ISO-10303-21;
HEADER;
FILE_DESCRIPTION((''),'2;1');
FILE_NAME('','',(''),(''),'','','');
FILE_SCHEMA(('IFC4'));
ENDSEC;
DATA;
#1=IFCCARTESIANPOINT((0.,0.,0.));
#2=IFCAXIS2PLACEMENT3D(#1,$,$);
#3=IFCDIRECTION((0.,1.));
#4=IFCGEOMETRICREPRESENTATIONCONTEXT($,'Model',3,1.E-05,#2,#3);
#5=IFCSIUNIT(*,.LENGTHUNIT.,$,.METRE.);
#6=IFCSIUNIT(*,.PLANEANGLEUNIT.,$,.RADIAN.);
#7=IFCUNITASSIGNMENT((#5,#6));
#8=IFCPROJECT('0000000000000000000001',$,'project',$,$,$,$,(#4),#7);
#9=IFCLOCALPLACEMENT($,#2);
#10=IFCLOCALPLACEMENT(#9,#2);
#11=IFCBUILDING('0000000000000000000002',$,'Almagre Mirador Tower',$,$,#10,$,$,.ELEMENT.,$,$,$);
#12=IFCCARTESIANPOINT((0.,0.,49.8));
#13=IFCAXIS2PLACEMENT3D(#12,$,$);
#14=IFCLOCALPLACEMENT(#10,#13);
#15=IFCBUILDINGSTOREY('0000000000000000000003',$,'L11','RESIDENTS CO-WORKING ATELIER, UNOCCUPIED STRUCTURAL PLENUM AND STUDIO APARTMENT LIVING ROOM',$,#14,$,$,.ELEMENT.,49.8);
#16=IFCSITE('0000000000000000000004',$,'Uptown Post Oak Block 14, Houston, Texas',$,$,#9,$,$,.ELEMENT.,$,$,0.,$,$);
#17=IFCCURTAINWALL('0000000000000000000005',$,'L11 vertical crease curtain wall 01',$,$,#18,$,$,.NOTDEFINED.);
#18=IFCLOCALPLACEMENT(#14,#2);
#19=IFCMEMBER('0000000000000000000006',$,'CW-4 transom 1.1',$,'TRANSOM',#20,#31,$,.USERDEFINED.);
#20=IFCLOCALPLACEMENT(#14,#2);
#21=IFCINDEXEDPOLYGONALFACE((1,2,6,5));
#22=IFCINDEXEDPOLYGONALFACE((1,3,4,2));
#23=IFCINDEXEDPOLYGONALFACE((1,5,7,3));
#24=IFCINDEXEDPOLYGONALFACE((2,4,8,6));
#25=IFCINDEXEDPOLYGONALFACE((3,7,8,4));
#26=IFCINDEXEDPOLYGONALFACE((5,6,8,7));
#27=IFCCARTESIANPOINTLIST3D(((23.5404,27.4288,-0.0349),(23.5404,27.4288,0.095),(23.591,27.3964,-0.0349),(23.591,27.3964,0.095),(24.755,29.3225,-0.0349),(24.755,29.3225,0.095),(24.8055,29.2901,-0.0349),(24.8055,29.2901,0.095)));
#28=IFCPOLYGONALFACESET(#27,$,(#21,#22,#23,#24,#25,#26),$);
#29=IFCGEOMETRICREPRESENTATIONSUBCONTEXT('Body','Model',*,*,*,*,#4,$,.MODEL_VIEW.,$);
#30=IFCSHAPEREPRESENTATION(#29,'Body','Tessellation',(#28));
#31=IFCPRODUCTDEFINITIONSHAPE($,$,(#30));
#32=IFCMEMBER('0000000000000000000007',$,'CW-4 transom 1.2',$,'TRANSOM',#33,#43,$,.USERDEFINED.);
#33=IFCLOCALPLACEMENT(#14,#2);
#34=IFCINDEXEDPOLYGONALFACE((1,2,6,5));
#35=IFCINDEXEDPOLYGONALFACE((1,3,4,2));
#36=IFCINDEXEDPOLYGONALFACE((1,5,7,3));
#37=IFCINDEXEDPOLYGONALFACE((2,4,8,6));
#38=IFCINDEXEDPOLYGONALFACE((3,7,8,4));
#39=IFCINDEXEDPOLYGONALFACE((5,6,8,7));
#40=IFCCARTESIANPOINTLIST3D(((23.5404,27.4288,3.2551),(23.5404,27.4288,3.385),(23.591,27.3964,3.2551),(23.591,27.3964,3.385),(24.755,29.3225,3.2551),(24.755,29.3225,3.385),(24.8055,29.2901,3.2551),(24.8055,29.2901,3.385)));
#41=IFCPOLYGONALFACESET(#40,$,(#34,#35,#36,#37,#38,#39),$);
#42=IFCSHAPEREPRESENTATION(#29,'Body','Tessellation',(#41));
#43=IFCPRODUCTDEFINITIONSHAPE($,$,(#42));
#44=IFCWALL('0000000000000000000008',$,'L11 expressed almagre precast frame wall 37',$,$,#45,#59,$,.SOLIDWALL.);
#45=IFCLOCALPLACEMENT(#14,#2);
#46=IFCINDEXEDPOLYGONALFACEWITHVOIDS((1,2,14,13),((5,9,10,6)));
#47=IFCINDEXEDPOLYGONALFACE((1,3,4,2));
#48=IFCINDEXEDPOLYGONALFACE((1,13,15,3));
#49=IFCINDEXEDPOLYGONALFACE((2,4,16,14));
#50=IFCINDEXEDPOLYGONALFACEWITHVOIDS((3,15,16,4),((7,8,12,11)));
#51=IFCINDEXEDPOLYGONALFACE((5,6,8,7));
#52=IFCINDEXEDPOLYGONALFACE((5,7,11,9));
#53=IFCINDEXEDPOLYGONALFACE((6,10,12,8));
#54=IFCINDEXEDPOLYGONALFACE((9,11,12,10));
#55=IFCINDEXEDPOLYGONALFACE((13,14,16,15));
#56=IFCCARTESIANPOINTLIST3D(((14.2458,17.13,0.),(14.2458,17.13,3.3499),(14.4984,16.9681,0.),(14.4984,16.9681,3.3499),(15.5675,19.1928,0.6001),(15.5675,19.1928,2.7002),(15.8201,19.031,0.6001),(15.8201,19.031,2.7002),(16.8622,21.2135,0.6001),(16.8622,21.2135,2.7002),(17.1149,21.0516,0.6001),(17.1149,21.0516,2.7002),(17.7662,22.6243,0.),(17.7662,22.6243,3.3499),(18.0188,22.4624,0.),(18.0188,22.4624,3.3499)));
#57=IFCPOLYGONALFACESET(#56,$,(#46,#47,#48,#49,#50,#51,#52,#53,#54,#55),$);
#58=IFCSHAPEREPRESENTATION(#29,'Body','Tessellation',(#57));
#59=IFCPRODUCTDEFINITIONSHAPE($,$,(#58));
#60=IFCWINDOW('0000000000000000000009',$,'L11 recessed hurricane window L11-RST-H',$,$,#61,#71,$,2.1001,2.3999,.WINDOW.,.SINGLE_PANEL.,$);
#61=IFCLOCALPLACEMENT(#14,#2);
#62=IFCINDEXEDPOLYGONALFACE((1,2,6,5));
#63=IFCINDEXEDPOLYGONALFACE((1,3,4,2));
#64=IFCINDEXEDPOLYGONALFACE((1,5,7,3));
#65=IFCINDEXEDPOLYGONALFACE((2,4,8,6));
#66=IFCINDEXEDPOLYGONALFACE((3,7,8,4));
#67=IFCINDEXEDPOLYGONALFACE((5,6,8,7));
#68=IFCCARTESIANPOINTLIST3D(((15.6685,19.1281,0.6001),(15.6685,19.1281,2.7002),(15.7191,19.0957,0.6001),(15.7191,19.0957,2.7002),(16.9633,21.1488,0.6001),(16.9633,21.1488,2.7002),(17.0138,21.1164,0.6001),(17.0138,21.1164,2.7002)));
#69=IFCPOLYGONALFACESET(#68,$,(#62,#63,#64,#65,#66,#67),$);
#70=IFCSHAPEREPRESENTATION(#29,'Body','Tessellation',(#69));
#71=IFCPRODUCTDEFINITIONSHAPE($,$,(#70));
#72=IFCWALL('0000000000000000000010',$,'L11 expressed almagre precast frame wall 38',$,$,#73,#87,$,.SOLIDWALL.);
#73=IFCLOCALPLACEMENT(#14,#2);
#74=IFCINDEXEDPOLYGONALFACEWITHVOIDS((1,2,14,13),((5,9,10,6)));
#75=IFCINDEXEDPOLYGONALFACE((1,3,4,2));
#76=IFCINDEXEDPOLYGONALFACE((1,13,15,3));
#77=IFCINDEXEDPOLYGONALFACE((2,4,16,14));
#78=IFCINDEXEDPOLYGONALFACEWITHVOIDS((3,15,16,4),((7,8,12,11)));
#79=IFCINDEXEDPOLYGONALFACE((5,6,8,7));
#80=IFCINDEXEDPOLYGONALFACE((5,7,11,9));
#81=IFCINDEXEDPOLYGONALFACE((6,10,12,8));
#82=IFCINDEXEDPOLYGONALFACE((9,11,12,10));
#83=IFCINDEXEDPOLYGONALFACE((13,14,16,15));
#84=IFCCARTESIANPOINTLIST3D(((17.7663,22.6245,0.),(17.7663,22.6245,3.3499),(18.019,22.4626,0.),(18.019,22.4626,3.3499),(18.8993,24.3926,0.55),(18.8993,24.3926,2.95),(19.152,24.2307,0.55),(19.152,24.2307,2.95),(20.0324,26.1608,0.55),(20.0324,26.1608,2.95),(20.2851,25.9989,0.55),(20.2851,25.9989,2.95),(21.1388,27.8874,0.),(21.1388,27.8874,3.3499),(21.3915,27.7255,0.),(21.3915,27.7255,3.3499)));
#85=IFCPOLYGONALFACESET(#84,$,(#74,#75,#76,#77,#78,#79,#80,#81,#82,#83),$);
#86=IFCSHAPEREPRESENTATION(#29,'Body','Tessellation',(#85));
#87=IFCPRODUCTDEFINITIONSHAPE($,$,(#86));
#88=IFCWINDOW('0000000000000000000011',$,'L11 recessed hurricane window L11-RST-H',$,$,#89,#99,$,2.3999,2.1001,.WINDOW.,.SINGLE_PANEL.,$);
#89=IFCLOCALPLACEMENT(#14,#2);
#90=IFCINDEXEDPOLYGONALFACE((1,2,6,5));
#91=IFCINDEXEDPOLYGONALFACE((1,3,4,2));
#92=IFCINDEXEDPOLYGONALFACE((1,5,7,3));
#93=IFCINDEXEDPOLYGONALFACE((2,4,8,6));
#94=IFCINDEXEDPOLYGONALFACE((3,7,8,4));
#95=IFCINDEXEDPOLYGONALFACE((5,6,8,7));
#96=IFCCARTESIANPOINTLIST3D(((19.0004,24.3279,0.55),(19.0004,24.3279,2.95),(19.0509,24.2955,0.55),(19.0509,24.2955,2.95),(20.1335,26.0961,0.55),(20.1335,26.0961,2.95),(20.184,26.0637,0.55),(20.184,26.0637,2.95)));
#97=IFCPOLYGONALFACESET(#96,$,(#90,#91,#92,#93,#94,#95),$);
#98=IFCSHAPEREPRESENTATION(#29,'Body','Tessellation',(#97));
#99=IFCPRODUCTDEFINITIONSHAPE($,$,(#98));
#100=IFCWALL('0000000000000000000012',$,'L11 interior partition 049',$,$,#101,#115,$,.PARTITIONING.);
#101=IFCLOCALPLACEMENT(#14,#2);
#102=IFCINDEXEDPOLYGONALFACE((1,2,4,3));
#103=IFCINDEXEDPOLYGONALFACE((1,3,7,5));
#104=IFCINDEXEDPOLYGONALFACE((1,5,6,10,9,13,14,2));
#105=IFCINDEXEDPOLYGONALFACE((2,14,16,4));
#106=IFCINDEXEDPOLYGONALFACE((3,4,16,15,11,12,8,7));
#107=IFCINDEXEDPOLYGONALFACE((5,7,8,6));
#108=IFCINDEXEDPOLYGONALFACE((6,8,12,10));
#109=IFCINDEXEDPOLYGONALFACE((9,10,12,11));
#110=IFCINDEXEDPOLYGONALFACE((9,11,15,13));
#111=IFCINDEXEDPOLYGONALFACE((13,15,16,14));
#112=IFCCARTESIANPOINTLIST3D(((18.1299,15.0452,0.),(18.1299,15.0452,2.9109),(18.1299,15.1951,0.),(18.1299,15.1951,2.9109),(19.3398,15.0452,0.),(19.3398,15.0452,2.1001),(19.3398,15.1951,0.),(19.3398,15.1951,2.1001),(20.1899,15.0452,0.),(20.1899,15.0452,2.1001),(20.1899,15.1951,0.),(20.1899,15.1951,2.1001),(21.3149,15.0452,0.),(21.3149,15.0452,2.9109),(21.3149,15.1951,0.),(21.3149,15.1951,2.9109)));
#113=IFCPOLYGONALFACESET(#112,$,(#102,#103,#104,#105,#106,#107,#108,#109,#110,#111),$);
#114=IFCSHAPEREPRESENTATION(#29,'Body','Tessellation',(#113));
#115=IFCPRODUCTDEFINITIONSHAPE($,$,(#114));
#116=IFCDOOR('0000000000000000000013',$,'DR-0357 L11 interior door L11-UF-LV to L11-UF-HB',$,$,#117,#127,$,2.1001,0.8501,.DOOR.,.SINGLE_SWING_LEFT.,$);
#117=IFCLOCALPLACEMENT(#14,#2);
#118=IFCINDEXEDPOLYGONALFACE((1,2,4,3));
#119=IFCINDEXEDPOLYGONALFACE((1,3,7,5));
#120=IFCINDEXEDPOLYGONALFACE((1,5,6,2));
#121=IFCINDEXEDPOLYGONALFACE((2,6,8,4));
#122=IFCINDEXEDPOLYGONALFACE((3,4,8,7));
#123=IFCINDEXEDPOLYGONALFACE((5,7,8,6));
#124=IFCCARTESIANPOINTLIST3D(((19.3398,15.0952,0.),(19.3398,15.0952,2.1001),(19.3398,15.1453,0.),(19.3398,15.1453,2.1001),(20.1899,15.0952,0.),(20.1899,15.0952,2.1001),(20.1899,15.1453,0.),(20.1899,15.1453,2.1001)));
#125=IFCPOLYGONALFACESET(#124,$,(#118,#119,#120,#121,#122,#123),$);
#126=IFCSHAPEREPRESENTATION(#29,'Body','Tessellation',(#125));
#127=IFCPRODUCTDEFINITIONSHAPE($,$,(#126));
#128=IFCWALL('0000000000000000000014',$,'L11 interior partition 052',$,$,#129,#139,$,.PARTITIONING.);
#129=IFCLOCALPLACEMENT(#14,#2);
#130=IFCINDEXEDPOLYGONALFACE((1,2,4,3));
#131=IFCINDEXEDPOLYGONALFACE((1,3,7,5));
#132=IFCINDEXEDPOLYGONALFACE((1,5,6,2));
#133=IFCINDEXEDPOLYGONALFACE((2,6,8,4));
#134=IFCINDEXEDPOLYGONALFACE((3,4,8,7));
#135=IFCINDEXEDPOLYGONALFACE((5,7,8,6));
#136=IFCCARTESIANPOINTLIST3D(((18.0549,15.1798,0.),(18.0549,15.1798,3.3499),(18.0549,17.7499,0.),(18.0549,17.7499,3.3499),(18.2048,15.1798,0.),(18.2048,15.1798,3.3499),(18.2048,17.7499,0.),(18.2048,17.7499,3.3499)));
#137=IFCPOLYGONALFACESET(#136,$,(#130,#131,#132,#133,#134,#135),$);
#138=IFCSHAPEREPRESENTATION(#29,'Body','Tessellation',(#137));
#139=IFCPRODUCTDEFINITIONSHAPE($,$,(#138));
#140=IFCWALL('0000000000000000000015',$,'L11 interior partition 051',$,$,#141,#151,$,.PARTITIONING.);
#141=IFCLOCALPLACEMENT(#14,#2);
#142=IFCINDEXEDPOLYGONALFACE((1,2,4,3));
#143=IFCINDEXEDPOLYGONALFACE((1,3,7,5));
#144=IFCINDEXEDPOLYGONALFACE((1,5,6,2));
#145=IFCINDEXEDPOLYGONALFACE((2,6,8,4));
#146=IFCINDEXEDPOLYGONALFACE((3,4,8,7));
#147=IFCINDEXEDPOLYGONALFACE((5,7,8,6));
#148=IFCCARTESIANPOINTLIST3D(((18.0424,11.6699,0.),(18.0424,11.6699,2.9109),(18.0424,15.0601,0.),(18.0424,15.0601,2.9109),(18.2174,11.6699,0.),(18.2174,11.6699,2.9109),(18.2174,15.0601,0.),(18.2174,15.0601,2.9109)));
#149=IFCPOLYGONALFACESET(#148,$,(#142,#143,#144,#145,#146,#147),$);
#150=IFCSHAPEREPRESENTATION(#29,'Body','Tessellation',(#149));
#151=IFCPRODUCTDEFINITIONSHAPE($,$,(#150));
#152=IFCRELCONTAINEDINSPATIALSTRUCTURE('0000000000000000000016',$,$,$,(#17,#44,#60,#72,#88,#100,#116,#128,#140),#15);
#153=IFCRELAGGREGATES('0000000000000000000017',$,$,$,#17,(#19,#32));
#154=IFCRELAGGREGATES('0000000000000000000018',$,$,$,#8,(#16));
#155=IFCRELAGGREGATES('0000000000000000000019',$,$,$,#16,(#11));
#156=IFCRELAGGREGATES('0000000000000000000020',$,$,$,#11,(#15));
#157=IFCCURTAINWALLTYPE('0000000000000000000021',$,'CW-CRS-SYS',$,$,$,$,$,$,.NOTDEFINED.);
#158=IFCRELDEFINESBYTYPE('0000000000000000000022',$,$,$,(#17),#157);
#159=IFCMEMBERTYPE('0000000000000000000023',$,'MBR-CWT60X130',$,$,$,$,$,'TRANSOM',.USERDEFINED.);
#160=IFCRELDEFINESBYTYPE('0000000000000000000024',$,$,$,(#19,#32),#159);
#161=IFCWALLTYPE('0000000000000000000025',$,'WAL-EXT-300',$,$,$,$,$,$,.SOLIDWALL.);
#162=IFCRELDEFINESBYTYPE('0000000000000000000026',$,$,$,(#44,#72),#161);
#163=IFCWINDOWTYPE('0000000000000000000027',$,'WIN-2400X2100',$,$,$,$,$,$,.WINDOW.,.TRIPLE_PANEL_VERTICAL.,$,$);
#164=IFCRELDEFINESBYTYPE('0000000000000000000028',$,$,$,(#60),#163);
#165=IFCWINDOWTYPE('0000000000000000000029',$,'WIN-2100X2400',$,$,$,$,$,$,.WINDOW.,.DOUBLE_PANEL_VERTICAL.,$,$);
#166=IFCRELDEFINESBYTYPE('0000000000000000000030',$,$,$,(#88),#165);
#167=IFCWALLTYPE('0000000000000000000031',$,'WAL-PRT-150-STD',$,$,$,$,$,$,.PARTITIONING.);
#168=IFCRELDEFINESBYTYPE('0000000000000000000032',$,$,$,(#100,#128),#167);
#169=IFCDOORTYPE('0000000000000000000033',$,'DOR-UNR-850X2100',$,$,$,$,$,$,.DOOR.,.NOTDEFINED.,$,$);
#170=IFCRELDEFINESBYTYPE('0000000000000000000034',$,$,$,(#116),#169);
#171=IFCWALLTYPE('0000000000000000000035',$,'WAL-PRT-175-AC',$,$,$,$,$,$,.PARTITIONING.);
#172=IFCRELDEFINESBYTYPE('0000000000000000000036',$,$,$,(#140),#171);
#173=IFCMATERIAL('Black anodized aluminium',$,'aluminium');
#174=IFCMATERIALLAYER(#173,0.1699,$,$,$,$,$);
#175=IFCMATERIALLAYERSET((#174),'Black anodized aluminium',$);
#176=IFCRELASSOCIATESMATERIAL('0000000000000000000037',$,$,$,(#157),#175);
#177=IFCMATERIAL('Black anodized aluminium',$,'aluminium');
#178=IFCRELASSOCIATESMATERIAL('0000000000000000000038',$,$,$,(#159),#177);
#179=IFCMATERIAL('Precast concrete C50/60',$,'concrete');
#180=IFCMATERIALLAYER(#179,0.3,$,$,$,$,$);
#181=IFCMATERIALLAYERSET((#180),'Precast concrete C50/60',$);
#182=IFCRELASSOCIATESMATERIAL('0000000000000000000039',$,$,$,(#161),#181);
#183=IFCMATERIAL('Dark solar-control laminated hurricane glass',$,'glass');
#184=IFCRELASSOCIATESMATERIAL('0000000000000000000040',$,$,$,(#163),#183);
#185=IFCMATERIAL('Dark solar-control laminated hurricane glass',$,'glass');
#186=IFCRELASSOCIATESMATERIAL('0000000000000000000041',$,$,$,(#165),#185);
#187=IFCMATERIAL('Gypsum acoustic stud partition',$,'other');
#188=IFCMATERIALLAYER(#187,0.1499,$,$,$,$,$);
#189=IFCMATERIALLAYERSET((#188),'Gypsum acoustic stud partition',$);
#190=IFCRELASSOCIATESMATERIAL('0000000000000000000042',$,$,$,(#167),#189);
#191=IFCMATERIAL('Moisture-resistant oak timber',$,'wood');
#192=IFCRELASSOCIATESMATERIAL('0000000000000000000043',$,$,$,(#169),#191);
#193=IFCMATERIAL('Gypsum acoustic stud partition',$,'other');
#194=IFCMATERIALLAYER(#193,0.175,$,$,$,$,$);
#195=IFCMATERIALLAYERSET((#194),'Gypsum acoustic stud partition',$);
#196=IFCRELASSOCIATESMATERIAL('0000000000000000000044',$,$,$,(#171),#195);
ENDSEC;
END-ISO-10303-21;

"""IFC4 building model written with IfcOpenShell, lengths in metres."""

from ifc_helpers import new_model, si_unit, direction, frame, frame_2d, origin, origin_2d, place, context, subcontext, project, spatial, rectangle, extrude, material, layer, layer_set, material_profile, profile_set, type_object, element, fill, aggregate, save


model = new_model("IFC4")

# Units and contexts
model_context = context("Model", 3, precision=1e-05, world=origin(), true_north=direction((0.0, 1.0)))
body_context = subcontext(model_context, "Body", "Model", "MODEL_VIEW")
ifc_project = project(units=[si_unit("LENGTHUNIT", "METRE"), si_unit("PLANEANGLEUNIT", "RADIAN")], contexts=[model_context])

# Site, building, storey
site_placement = place(None, origin())
site = spatial("IfcSite", under=ifc_project, at=site_placement, Name="Uptown Post Oak Block 14, Houston, Texas", CompositionType="ELEMENT", RefElevation=0.0)
building_placement = place(site_placement, origin())
building = spatial("IfcBuilding", under=site, at=building_placement, Name="Almagre Mirador Tower", CompositionType="ELEMENT")
storey_placement = place(building_placement, frame((0.0, 0.0, 49.8)))
storey = spatial("IfcBuildingStorey", under=building, at=storey_placement, Name="L11", Description="RESIDENTS CO-WORKING ATELIER, UNOCCUPIED STRUCTURAL PLENUM AND STUDIO APARTMENT LIVING ROOM", CompositionType="ELEMENT", Elevation=49.8)

# Curtain wall, members
ifc_material_1 = material(Name="Black anodized aluminium", Category="aluminium")
ifc_layer_1 = layer(ifc_material_1, 0.1699)
ifc_layer_set_1 = layer_set([ifc_layer_1], Name="Black anodized aluminium")
curtain_wall_type = type_object("IfcCurtainWallType", Name="CW-CRS-SYS", PredefinedType="NOTDEFINED", material=ifc_layer_set_1)
curtain_wall_placement = place(storey_placement, origin())
curtain_wall = element("IfcCurtainWall", 1, at=curtain_wall_placement, inside=storey, type_object=curtain_wall_type, Name="L11 vertical crease curtain wall 01", PredefinedType="NOTDEFINED")
ifc_material_2 = material(Name="Black anodized aluminium", Category="aluminium")
ifc_material_profile_1 = material_profile(ifc_material_2, rectangle(XDim=0.0601, YDim=0.1299, at=origin_2d()), Name="CWT60X130")
ifc_profile_set_1 = profile_set([ifc_material_profile_1], Name="Black anodized aluminium")
member_type_1 = type_object("IfcMemberType", Name="MBR-CWT60X130", ElementType="TRANSOM", PredefinedType="USERDEFINED", material=ifc_profile_set_1)
member_1_placement = place(storey_placement, frame((23.5657, 27.4126, 0.03), z_axis=(0.539863, 0.841753, 0.0), x_axis=(-0.841753, 0.539863, 0.0)))
member_1 = element("IfcMember", 2, at=member_1_placement, type_object=member_type_1, Name="CW-4 transom 1.1", ObjectType="TRANSOM", PredefinedType="USERDEFINED", context=body_context, shape_type="SweptSolid", body=[
    extrude(rectangle(XDim=0.0601, YDim=0.1299, at=origin_2d()), origin(), (0.0, 0.0, 1.0), 2.2498),
])
member_2_placement = place(storey_placement, frame((23.5657, 27.4126, 3.3201), z_axis=(0.539863, 0.841753, 0.0), x_axis=(-0.841753, 0.539863, 0.0)))
member_2 = element("IfcMember", 3, at=member_2_placement, type_object=member_type_1, Name="CW-4 transom 1.2", ObjectType="TRANSOM", PredefinedType="USERDEFINED", context=body_context, shape_type="SweptSolid", body=[
    extrude(rectangle(XDim=0.0601, YDim=0.1299, at=origin_2d()), origin(), (0.0, 0.0, 1.0), 2.2498),
])
aggregate(curtain_wall, [member_1, member_2])

# Walls, openings, windows
ifc_material_3 = material(Name="Precast concrete C50/60", Category="concrete")
ifc_layer_2 = layer(ifc_material_3, 0.3)
ifc_layer_set_2 = layer_set([ifc_layer_2], Name="Precast concrete C50/60")
wall_type_1 = type_object("IfcWallType", Name="WAL-EXT-300", PredefinedType="SOLIDWALL", material=ifc_layer_set_2)
wall_1_placement = place(storey_placement, frame((14.3721, 17.0491, 0.0), z_axis=(0.0, 0.0, 1.0), x_axis=(0.5395, 0.841986, 0.0)))
wall_1 = element("IfcWall", 4, at=wall_1_placement, inside=storey, type_object=wall_type_1, Name="L11 expressed almagre precast frame wall 37", PredefinedType="SOLIDWALL", context=body_context, shape_type="SweptSolid", body=[
    extrude(rectangle(XDim=6.5254, YDim=0.3, at=frame_2d((3.2627, 0.0))), origin(), (0.0, 0.0, 1.0), 3.3499),
])
opening_1_placement = place(wall_1_placement, frame((2.45, 0.0, 0.6001)))
opening_1 = element("IfcOpeningElement", 5, at=opening_1_placement, cuts=wall_1, PredefinedType="OPENING", context=body_context, shape_type="SweptSolid", body=[
    extrude(rectangle(XDim=2.3999, YDim=2.1001, at=frame_2d((1.2, 1.05))), frame((0.0, 0.1599, 0.0), z_axis=(0.0, -1.0, 0.0), x_axis=(1.0, 0.0, 0.0)), (0.0, 0.0, 1.0), 0.32),
])
ifc_material_4 = material(Name="Dark solar-control laminated hurricane glass", Category="glass")
window_type_1 = type_object("IfcWindowType", Name="WIN-2400X2100", PartitioningType="TRIPLE_PANEL_VERTICAL", PredefinedType="WINDOW", material=ifc_material_4)
window_1_placement = place(opening_1_placement, origin())
window_1 = element("IfcWindow", 6, at=window_1_placement, inside=storey, type_object=window_type_1, Name="L11 recessed hurricane window L11-RST-H", OverallHeight=2.1001, OverallWidth=2.3999, PartitioningType="SINGLE_PANEL", PredefinedType="WINDOW", context=body_context, shape_type="SweptSolid", body=[
    extrude(rectangle(XDim=2.3999, YDim=2.1001, at=frame_2d((1.2, 1.05))), frame((0.0, 0.03, 0.0), z_axis=(0.0, -1.0, 0.0), x_axis=(1.0, 0.0, 0.0)), (0.0, 0.0, 1.0), 0.0601),
])
fill(opening_1, window_1)
wall_2_placement = place(storey_placement, frame((17.8926, 22.5435, 0.0), z_axis=(0.0, 0.0, 1.0), x_axis=(0.539539, 0.841961, 0.0)))
wall_2 = element("IfcWall", 7, at=wall_2_placement, inside=storey, type_object=wall_type_1, Name="L11 expressed almagre precast frame wall 38", PredefinedType="SOLIDWALL", context=body_context, shape_type="SweptSolid", body=[
    extrude(rectangle(XDim=6.2507, YDim=0.3, at=frame_2d((3.1255, 0.0))), origin(), (0.0, 0.0, 1.0), 3.3499),
])
opening_2_placement = place(wall_2_placement, frame((2.1001, 0.0, 0.55)))
opening_2 = element("IfcOpeningElement", 8, at=opening_2_placement, cuts=wall_2, PredefinedType="OPENING", context=body_context, shape_type="SweptSolid", body=[
    extrude(rectangle(XDim=2.1001, YDim=2.3999, at=frame_2d((1.05, 1.2))), frame((0.0, 0.1599, 0.0), z_axis=(0.0, -1.0, 0.0), x_axis=(1.0, 0.0, 0.0)), (0.0, 0.0, 1.0), 0.32),
])
ifc_material_5 = material(Name="Dark solar-control laminated hurricane glass", Category="glass")
window_type_2 = type_object("IfcWindowType", Name="WIN-2100X2400", PartitioningType="DOUBLE_PANEL_VERTICAL", PredefinedType="WINDOW", material=ifc_material_5)
window_2_placement = place(opening_2_placement, origin())
window_2 = element("IfcWindow", 9, at=window_2_placement, inside=storey, type_object=window_type_2, Name="L11 recessed hurricane window L11-RST-H", OverallHeight=2.3999, OverallWidth=2.1001, PartitioningType="SINGLE_PANEL", PredefinedType="WINDOW", context=body_context, shape_type="SweptSolid", body=[
    extrude(rectangle(XDim=2.1001, YDim=2.3999, at=frame_2d((1.05, 1.2))), frame((0.0, 0.03, 0.0), z_axis=(0.0, -1.0, 0.0), x_axis=(1.0, 0.0, 0.0)), (0.0, 0.0, 1.0), 0.0601),
])
fill(opening_2, window_2)

# Wall, opening, door
ifc_material_6 = material(Name="Gypsum acoustic stud partition", Category="other")
ifc_layer_3 = layer(ifc_material_6, 0.1499)
ifc_layer_set_3 = layer_set([ifc_layer_3], Name="Gypsum acoustic stud partition")
wall_type_2 = type_object("IfcWallType", Name="WAL-PRT-150-STD", PredefinedType="PARTITIONING", material=ifc_layer_set_3)
wall_3_placement = place(storey_placement, frame((21.3149, 15.1201, 0.0), z_axis=(0.0, 0.0, 1.0), x_axis=(-1.0, 0.0, 0.0)))
wall_3 = element("IfcWall", 10, at=wall_3_placement, inside=storey, type_object=wall_type_2, Name="L11 interior partition 049", PredefinedType="PARTITIONING", context=body_context, shape_type="SweptSolid", body=[
    extrude(rectangle(XDim=3.1851, YDim=0.1499, at=frame_2d((1.5925, 0.0))), origin(), (0.0, 0.0, 1.0), 2.9109),
])
opening_3_placement = place(wall_3_placement, frame((1.125, 0.0, 0.0)))
opening_3 = element("IfcOpeningElement", 11, at=opening_3_placement, cuts=wall_3, PredefinedType="OPENING", context=body_context, shape_type="SweptSolid", body=[
    extrude(rectangle(XDim=0.8501, YDim=2.1001, at=frame_2d((0.425, 1.05))), frame((0.0, 0.085, 0.0), z_axis=(0.0, -1.0, 0.0), x_axis=(1.0, 0.0, 0.0)), (0.0, 0.0, 1.0), 0.1699),
])
ifc_material_7 = material(Name="Moisture-resistant oak timber", Category="wood")
door_type_1 = type_object("IfcDoorType", Name="DOR-UNR-850X2100", OperationType="NOTDEFINED", PredefinedType="DOOR", material=ifc_material_7)
door_1_placement = place(opening_3_placement, origin())
door_1 = element("IfcDoor", 12, at=door_1_placement, inside=storey, type_object=door_type_1, Name="DR-0357 L11 interior door L11-UF-LV to L11-UF-HB", OperationType="SINGLE_SWING_LEFT", OverallHeight=2.1001, OverallWidth=0.8501, PredefinedType="DOOR", context=body_context, shape_type="SweptSolid", body=[
    extrude(rectangle(XDim=0.8501, YDim=2.1001, at=frame_2d((0.425, 1.05))), frame((0.0, 0.0249, 0.0), z_axis=(0.0, -1.0, 0.0), x_axis=(1.0, 0.0, 0.0)), (0.0, 0.0, 1.0), 0.05),
])
fill(opening_3, door_1)

# Walls
wall_4_placement = place(storey_placement, frame((18.1299, 17.75, 0.0), z_axis=(0.0, 0.0, 1.0), x_axis=(0.0, -1.0, 0.0)))
element("IfcWall", 13, at=wall_4_placement, inside=storey, type_object=wall_type_2, Name="L11 interior partition 052", PredefinedType="PARTITIONING", context=body_context, shape_type="SweptSolid", body=[
    extrude(rectangle(XDim=2.5701, YDim=0.1499, at=frame_2d((1.2852, 0.0))), origin(), (0.0, 0.0, 1.0), 3.3499),
])
ifc_material_8 = material(Name="Gypsum acoustic stud partition", Category="other")
ifc_layer_4 = layer(ifc_material_8, 0.175)
ifc_layer_set_4 = layer_set([ifc_layer_4], Name="Gypsum acoustic stud partition")
wall_type_3 = type_object("IfcWallType", Name="WAL-PRT-175-AC", PredefinedType="PARTITIONING", material=ifc_layer_set_4)
wall_5_placement = place(storey_placement, frame((18.1299, 15.0601, 0.0), z_axis=(0.0, 0.0, 1.0), x_axis=(0.0, -1.0, 0.0)))
element("IfcWall", 14, at=wall_5_placement, inside=storey, type_object=wall_type_3, Name="L11 interior partition 051", PredefinedType="PARTITIONING", context=body_context, shape_type="SweptSolid", body=[
    extrude(rectangle(XDim=3.3901, YDim=0.175, at=frame_2d((1.6951, 0.0))), origin(), (0.0, 0.0, 1.0), 2.9109),
])

save(model, "model.ifc")
